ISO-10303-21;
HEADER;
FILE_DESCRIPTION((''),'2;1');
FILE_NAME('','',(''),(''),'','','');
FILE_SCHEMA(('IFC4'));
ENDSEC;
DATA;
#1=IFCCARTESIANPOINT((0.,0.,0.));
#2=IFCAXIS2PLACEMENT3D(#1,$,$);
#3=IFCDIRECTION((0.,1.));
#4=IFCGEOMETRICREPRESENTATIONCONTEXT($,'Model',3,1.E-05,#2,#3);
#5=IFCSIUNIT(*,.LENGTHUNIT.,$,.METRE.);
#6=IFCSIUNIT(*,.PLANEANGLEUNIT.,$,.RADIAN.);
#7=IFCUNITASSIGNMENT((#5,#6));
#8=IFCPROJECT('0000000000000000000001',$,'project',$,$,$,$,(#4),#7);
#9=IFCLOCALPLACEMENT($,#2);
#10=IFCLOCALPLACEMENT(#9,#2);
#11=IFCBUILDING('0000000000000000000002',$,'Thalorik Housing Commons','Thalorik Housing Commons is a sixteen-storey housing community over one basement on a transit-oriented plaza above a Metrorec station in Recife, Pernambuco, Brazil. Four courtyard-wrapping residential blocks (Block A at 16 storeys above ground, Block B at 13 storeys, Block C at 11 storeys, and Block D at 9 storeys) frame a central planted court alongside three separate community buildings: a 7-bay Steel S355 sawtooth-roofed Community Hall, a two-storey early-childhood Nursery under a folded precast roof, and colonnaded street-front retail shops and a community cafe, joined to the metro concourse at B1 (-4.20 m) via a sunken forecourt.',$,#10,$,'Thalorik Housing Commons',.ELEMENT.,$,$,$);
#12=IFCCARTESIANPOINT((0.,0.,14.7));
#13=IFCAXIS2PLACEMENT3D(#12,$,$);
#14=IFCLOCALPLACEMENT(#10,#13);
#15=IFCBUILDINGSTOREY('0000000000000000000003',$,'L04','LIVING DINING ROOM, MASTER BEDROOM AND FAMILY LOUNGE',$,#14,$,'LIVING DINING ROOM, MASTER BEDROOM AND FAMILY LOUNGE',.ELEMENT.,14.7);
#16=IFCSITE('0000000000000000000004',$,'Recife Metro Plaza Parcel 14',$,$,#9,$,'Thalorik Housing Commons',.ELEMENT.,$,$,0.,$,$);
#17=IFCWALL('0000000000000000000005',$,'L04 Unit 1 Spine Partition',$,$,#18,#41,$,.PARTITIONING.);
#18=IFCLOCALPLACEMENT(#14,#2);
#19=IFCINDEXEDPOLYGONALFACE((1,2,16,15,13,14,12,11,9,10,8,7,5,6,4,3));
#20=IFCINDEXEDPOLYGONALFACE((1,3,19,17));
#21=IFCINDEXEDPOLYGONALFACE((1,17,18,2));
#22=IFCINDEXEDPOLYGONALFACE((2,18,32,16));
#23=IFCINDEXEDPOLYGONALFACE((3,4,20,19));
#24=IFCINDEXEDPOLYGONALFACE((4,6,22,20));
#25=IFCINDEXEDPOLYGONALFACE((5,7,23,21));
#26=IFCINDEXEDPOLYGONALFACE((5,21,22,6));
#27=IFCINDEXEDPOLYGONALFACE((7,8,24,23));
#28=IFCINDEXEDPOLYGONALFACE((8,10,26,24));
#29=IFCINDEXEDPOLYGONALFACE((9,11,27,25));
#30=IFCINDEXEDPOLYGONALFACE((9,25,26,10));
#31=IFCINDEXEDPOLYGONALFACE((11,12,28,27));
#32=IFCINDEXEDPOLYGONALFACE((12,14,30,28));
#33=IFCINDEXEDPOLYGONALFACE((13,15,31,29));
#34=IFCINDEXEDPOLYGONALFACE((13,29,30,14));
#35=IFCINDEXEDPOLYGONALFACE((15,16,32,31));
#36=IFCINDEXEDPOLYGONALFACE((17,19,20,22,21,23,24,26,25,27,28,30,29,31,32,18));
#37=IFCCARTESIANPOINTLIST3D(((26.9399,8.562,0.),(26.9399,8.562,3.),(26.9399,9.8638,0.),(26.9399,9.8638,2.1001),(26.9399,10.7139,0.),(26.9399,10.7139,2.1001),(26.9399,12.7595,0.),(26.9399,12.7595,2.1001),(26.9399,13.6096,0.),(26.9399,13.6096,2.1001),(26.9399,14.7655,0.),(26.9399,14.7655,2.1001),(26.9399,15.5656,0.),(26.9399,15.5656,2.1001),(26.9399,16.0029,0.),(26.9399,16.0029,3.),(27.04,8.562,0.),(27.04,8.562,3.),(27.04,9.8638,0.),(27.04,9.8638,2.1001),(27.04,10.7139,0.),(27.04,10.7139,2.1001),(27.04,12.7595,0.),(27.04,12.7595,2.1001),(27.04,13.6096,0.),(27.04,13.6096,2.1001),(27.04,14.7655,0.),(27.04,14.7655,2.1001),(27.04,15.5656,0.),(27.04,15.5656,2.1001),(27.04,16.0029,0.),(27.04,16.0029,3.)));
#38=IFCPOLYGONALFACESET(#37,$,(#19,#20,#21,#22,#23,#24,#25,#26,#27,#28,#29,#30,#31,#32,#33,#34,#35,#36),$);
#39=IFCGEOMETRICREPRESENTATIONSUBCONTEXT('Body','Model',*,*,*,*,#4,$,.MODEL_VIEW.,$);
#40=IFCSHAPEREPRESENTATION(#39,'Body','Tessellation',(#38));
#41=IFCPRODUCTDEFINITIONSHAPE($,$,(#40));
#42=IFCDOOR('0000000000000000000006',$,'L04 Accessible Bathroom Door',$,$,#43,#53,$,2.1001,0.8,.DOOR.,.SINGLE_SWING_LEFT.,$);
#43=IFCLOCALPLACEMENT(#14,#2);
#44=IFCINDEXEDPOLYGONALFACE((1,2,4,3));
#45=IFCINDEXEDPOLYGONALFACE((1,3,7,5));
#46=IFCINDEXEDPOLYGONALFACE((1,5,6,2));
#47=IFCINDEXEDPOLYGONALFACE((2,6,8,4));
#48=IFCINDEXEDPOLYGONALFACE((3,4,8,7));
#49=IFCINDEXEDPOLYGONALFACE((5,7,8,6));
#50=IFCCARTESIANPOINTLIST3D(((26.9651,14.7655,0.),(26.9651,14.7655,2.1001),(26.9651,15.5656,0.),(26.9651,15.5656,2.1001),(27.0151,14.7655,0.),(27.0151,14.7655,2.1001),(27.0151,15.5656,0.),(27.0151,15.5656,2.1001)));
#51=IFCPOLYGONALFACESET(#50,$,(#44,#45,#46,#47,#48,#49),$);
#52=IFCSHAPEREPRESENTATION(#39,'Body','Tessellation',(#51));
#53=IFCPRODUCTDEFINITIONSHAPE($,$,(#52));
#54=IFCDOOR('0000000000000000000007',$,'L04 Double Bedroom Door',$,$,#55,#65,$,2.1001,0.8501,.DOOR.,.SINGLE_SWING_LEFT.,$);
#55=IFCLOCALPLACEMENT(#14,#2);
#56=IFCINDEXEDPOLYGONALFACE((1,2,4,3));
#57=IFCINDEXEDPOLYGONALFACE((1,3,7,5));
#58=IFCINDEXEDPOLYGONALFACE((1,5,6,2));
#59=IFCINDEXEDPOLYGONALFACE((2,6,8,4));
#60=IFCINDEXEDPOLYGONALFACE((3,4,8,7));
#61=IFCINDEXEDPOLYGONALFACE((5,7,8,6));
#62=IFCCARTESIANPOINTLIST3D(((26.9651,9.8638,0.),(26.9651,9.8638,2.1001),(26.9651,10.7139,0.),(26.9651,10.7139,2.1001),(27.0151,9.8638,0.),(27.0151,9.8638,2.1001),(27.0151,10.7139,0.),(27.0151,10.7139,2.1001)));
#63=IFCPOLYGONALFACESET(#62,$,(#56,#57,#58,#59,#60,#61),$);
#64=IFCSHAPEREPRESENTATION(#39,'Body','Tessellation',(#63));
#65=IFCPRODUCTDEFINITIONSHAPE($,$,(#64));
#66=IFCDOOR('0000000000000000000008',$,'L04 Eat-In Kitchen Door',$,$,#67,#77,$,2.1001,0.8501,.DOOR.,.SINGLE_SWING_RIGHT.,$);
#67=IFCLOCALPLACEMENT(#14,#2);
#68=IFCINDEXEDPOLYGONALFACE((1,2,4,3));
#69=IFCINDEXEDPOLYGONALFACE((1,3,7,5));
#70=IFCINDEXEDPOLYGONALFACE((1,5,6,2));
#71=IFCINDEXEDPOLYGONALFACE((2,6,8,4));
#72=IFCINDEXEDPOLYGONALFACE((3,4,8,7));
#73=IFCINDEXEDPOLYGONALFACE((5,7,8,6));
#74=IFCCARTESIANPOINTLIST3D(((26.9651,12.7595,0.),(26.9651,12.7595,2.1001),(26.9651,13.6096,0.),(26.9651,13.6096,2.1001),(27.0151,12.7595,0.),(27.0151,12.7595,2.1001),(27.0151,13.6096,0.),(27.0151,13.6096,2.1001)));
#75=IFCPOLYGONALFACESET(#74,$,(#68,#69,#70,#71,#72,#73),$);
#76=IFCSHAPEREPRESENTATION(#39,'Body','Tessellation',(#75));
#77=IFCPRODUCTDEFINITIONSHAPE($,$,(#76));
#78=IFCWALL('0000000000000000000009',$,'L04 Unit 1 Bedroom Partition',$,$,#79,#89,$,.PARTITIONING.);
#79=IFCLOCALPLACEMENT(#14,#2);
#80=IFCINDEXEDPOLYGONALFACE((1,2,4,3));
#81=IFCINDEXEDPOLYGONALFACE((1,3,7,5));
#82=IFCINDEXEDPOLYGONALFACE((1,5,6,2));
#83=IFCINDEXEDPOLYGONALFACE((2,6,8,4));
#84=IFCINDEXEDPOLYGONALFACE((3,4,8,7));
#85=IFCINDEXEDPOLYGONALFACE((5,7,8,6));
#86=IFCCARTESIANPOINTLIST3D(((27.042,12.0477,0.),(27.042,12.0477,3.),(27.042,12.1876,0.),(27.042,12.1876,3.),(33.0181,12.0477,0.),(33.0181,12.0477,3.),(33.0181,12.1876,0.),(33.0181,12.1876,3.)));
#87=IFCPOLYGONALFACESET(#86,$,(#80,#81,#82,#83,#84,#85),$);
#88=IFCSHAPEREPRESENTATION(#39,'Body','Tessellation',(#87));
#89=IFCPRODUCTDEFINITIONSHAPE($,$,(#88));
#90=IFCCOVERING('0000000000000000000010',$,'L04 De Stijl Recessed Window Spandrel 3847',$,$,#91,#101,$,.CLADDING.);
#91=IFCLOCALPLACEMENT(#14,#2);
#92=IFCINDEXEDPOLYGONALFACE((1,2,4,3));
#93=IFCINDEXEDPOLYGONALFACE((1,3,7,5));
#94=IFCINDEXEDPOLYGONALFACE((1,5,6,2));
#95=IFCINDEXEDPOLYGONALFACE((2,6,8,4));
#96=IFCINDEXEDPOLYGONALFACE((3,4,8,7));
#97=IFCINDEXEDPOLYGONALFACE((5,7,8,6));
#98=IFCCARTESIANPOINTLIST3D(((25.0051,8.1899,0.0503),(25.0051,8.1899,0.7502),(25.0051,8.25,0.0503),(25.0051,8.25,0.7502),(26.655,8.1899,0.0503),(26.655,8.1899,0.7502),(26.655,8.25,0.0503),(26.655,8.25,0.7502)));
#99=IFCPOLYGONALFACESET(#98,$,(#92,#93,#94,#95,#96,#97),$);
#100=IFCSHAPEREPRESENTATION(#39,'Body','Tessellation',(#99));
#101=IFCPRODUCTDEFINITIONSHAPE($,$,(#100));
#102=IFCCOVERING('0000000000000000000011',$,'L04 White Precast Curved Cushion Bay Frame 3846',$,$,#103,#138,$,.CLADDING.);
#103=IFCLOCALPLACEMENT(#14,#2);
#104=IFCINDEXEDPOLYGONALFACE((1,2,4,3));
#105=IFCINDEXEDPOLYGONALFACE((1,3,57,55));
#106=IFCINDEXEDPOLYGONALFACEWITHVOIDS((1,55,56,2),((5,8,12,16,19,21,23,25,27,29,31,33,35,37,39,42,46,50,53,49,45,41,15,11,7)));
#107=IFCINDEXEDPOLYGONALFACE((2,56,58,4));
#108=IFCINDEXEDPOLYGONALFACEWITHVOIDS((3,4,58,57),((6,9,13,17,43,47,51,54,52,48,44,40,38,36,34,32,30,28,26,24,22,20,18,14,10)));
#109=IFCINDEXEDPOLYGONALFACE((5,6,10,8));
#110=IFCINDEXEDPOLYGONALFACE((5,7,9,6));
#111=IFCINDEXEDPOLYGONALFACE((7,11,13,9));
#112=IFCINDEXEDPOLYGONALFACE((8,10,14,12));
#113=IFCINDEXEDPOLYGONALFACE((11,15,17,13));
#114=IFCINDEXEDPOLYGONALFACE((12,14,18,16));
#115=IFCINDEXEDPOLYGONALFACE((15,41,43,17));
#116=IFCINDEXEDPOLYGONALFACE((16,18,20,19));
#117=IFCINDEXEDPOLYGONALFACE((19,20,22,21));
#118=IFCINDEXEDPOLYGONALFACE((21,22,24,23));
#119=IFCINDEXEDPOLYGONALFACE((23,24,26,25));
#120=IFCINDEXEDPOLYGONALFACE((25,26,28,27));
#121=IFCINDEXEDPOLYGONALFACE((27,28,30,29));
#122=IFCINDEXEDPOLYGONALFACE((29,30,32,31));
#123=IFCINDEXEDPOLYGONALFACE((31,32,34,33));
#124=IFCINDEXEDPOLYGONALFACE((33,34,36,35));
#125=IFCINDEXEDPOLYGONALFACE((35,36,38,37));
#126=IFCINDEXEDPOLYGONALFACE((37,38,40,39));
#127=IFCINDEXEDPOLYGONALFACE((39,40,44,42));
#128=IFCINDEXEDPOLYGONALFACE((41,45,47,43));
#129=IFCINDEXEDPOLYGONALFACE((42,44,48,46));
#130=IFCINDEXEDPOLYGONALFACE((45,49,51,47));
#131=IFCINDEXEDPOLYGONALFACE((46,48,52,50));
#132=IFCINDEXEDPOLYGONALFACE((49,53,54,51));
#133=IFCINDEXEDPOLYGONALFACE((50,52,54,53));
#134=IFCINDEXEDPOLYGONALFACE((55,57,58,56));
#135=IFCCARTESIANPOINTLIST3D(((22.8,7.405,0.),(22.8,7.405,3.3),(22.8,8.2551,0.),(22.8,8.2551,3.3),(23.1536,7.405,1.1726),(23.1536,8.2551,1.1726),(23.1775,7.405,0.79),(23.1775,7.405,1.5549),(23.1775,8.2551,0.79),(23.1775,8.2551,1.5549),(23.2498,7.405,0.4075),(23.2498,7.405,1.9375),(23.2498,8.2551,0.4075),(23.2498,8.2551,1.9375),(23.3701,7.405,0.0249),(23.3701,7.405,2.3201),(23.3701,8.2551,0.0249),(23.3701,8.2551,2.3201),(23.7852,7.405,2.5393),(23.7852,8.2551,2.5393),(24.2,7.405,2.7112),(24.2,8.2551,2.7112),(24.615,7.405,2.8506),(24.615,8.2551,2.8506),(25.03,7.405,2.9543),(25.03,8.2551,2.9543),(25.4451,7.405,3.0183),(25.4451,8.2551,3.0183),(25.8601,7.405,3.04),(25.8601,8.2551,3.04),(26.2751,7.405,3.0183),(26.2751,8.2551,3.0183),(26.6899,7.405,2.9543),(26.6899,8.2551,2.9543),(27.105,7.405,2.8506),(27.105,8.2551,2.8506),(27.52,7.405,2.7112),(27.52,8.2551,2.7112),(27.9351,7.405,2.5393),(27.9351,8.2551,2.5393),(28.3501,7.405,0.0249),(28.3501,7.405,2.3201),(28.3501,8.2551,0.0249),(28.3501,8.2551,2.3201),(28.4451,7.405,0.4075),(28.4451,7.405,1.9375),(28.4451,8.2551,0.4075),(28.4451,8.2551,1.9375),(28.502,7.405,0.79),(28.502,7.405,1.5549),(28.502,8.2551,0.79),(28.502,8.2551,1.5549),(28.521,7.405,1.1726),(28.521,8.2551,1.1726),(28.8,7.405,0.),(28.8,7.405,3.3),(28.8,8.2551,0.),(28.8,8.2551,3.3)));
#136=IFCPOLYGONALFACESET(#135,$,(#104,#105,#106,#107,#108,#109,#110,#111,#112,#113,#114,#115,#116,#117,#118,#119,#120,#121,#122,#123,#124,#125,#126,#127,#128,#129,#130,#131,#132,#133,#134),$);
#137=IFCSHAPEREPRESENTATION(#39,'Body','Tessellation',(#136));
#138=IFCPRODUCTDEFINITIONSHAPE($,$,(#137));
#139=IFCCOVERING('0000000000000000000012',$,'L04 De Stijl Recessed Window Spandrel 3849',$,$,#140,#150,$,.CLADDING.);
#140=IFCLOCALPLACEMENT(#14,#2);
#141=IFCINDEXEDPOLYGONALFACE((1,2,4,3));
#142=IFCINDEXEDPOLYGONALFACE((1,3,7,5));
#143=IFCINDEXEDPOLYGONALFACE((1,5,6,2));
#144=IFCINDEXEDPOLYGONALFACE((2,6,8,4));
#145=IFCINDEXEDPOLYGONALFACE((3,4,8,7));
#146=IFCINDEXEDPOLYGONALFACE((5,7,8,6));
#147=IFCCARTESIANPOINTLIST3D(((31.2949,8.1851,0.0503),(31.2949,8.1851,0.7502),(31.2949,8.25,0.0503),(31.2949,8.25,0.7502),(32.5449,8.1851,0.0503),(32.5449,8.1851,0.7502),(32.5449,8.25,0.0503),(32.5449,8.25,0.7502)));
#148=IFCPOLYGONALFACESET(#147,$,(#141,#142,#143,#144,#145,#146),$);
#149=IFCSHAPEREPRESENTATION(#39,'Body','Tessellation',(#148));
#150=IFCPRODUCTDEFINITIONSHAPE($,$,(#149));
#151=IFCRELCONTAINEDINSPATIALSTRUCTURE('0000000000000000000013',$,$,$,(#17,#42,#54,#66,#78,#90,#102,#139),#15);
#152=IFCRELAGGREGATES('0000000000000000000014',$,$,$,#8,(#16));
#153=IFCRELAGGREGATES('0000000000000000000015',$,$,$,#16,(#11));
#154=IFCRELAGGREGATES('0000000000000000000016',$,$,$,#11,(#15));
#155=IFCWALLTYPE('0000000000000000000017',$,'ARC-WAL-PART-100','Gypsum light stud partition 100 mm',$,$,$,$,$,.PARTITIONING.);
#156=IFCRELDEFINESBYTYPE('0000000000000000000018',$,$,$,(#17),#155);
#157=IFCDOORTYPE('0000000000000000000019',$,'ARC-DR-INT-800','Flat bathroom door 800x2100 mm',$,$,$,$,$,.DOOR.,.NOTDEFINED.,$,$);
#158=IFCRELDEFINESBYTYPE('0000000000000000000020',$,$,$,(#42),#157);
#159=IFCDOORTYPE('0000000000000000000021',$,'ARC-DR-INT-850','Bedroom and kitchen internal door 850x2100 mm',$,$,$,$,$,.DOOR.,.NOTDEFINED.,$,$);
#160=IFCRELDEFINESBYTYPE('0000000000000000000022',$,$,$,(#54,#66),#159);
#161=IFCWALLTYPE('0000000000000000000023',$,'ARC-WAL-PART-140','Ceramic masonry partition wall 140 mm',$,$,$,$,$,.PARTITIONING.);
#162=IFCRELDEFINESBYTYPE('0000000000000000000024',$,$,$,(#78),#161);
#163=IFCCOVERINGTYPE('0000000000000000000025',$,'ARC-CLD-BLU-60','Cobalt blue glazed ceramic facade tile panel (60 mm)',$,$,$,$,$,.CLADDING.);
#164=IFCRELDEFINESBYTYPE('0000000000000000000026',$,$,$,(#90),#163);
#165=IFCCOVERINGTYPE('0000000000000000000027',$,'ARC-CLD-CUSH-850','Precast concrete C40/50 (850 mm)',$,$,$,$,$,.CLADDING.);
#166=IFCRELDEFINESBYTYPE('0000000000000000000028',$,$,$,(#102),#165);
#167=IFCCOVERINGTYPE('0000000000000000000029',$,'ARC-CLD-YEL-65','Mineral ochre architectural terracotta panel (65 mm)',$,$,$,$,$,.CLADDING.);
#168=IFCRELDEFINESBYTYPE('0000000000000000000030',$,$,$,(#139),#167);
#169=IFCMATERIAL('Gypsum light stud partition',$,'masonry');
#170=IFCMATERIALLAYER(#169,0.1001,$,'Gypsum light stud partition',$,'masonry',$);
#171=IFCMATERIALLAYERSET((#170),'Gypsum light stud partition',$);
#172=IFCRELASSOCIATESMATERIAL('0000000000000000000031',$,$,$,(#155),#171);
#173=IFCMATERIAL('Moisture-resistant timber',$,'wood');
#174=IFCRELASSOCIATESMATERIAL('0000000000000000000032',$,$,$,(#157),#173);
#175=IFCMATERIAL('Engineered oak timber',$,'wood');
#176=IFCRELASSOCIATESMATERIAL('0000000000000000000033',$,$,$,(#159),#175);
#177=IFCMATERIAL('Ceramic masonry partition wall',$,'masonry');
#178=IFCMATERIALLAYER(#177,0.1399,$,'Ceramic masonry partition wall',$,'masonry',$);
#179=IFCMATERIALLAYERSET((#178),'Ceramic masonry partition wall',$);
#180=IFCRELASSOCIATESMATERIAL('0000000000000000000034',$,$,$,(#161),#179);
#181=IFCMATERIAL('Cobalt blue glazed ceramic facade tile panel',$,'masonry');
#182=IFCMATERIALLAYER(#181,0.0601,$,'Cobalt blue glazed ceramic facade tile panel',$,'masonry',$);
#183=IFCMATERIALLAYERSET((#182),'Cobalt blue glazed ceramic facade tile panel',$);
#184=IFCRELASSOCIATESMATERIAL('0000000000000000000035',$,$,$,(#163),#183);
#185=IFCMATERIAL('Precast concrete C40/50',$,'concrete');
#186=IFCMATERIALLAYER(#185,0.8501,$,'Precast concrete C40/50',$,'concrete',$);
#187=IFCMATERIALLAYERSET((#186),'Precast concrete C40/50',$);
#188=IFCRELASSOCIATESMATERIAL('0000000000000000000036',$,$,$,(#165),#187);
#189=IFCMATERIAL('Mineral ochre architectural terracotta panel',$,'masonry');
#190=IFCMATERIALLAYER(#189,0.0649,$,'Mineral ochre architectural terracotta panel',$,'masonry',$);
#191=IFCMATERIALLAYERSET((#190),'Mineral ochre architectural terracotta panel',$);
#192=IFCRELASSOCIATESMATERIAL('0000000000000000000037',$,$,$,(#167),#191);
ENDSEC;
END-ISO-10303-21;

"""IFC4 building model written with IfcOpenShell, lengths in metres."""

from ifc_helpers import new_model, si_unit, direction, frame, frame_2d, origin, origin_2d, place, context, subcontext, project, spatial, polyline, rectangle, outline, extrude, material, layer, layer_set, type_object, element, fill, save


model = new_model("IFC4")

# Units and contexts
model_context = context("Model", 3, precision=1e-05, world=origin(), true_north=direction((0.0, 1.0)))
body_context = subcontext(model_context, "Body", "Model", "MODEL_VIEW")
ifc_project = project(units=[si_unit("LENGTHUNIT", "METRE"), si_unit("PLANEANGLEUNIT", "RADIAN")], contexts=[model_context])

# Site, building, storey
site_placement = place(None, origin())
site = spatial("IfcSite", under=ifc_project, at=site_placement, Name="Recife Metro Plaza Parcel 14", LongName="Thalorik Housing Commons", CompositionType="ELEMENT", RefElevation=0.0)
building_placement = place(site_placement, origin())
building = spatial("IfcBuilding", under=site, at=building_placement, Name="Thalorik Housing Commons", Description="Thalorik Housing Commons is a sixteen-storey housing community over one basement on a transit-oriented plaza above a Metrorec station in Recife, Pernambuco, Brazil. Four courtyard-wrapping residential blocks (Block A at 16 storeys above ground, Block B at 13 storeys, Block C at 11 storeys, and Block D at 9 storeys) frame a central planted court alongside three separate community buildings: a 7-bay Steel S355 sawtooth-roofed Community Hall, a two-storey early-childhood Nursery under a folded precast roof, and colonnaded street-front retail shops and a community cafe, joined to the metro concourse at B1 (-4.20 m) via a sunken forecourt.", LongName="Thalorik Housing Commons", CompositionType="ELEMENT")
storey_placement = place(building_placement, frame((0.0, 0.0, 14.7)))
storey = spatial("IfcBuildingStorey", under=building, at=storey_placement, Name="L04", Description="LIVING DINING ROOM, MASTER BEDROOM AND FAMILY LOUNGE", LongName="LIVING DINING ROOM, MASTER BEDROOM AND FAMILY LOUNGE", CompositionType="ELEMENT", Elevation=14.7)

# Shared definitions
ifc_material_1 = material(Name="Precast concrete C40/50", Category="concrete")

# Wall, openings, doors
ifc_material_2 = material(Name="Gypsum light stud partition", Category="masonry")
ifc_layer_1 = layer(ifc_material_2, 0.1001, Name="Gypsum light stud partition", Category="masonry")
ifc_layer_set_1 = layer_set([ifc_layer_1], Name="Gypsum light stud partition")
wall_type_1 = type_object("IfcWallType", Name="ARC-WAL-PART-100", Description="Gypsum light stud partition 100 mm", PredefinedType="PARTITIONING", material=ifc_layer_set_1)
wall_1_placement = place(storey_placement, frame((26.99, 8.562, 0.0), z_axis=(0.0, 0.0, 1.0), x_axis=(0.0, 1.0, 0.0)))
wall_1 = element("IfcWall", 1, at=wall_1_placement, inside=storey, type_object=wall_type_1, Name="L04 Unit 1 Spine Partition", PredefinedType="PARTITIONING", context=body_context, shape_type="SweptSolid", body=[
    extrude(rectangle(XDim=7.4409, YDim=0.1001, at=frame_2d((3.7205, 0.0))), origin(), (0.0, 0.0, 1.0), 3.0),
])
opening_1_placement = place(wall_1_placement, frame((1.3018, 0.0, 0.0)))
opening_1 = element("IfcOpeningElement", 2, at=opening_1_placement, cuts=wall_1, PredefinedType="OPENING", context=body_context, shape_type="SweptSolid", body=[
    extrude(rectangle(XDim=0.8501, YDim=2.1001, at=frame_2d((0.425, 1.05))), frame((0.0, 0.0601, 0.0), z_axis=(0.0, -1.0, 0.0), x_axis=(1.0, 0.0, 0.0)), (0.0, 0.0, 1.0), 0.1201),
])
opening_2_placement = place(wall_1_placement, frame((4.1975, 0.0, 0.0)))
opening_2 = element("IfcOpeningElement", 3, at=opening_2_placement, cuts=wall_1, PredefinedType="OPENING", context=body_context, shape_type="SweptSolid", body=[
    extrude(rectangle(XDim=0.8501, YDim=2.1001, at=frame_2d((0.425, 1.05))), frame((0.0, 0.0601, 0.0), z_axis=(0.0, -1.0, 0.0), x_axis=(1.0, 0.0, 0.0)), (0.0, 0.0, 1.0), 0.1201),
])
opening_3_placement = place(wall_1_placement, frame((6.2036, 0.0, 0.0)))
opening_3 = element("IfcOpeningElement", 4, at=opening_3_placement, cuts=wall_1, PredefinedType="OPENING", context=body_context, shape_type="SweptSolid", body=[
    extrude(rectangle(XDim=0.8, YDim=2.1001, at=frame_2d((0.3999, 1.05))), frame((0.0, 0.0601, 0.0), z_axis=(0.0, -1.0, 0.0), x_axis=(1.0, 0.0, 0.0)), (0.0, 0.0, 1.0), 0.1201),
])
ifc_material_3 = material(Name="Moisture-resistant timber", Category="wood")
door_type_1 = type_object("IfcDoorType", Name="ARC-DR-INT-800", Description="Flat bathroom door 800x2100 mm", OperationType="NOTDEFINED", PredefinedType="DOOR", material=ifc_material_3)
door_1_placement = place(opening_3_placement, origin())
door_1 = element("IfcDoor", 5, at=door_1_placement, inside=storey, type_object=door_type_1, Name="L04 Accessible Bathroom Door", OperationType="SINGLE_SWING_LEFT", OverallHeight=2.1001, OverallWidth=0.8, PredefinedType="DOOR", context=body_context, shape_type="SweptSolid", body=[
    extrude(rectangle(XDim=0.8, YDim=2.1001, at=frame_2d((0.3999, 1.05))), frame((0.0, 0.0249, 0.0), z_axis=(0.0, -1.0, 0.0), x_axis=(1.0, 0.0, 0.0)), (0.0, 0.0, 1.0), 0.05),
])
fill(opening_3, door_1)
ifc_material_4 = material(Name="Engineered oak timber", Category="wood")
door_type_2 = type_object("IfcDoorType", Name="ARC-DR-INT-850", Description="Bedroom and kitchen internal door 850x2100 mm", OperationType="NOTDEFINED", PredefinedType="DOOR", material=ifc_material_4)
door_2_placement = place(opening_1_placement, origin())
door_2 = element("IfcDoor", 6, at=door_2_placement, inside=storey, type_object=door_type_2, Name="L04 Double Bedroom Door", OperationType="SINGLE_SWING_LEFT", OverallHeight=2.1001, OverallWidth=0.8501, PredefinedType="DOOR", context=body_context, shape_type="SweptSolid", body=[
    extrude(rectangle(XDim=0.8501, YDim=2.1001, at=frame_2d((0.425, 1.05))), frame((0.0, 0.0249, 0.0), z_axis=(0.0, -1.0, 0.0), x_axis=(1.0, 0.0, 0.0)), (0.0, 0.0, 1.0), 0.05),
])
fill(opening_1, door_2)
door_3_placement = place(opening_2_placement, origin())
door_3 = element("IfcDoor", 7, at=door_3_placement, inside=storey, type_object=door_type_2, Name="L04 Eat-In Kitchen Door", OperationType="SINGLE_SWING_RIGHT", OverallHeight=2.1001, OverallWidth=0.8501, PredefinedType="DOOR", context=body_context, shape_type="SweptSolid", body=[
    extrude(rectangle(XDim=0.8501, YDim=2.1001, at=frame_2d((0.425, 1.05))), frame((0.0, 0.0249, 0.0), z_axis=(0.0, -1.0, 0.0), x_axis=(1.0, 0.0, 0.0)), (0.0, 0.0, 1.0), 0.05),
])
fill(opening_2, door_3)

# Wall
ifc_material_5 = material(Name="Ceramic masonry partition wall", Category="masonry")
ifc_layer_2 = layer(ifc_material_5, 0.1399, Name="Ceramic masonry partition wall", Category="masonry")
ifc_layer_set_2 = layer_set([ifc_layer_2], Name="Ceramic masonry partition wall")
wall_type_2 = type_object("IfcWallType", Name="ARC-WAL-PART-140", Description="Ceramic masonry partition wall 140 mm", PredefinedType="PARTITIONING", material=ifc_layer_set_2)
wall_2_placement = place(storey_placement, frame((27.042, 12.1177, 0.0), z_axis=(0.0, 0.0, 1.0), x_axis=(1.0, 0.0, 0.0)))
element("IfcWall", 8, at=wall_2_placement, inside=storey, type_object=wall_type_2, Name="L04 Unit 1 Bedroom Partition", PredefinedType="PARTITIONING", context=body_context, shape_type="SweptSolid", body=[
    extrude(rectangle(XDim=5.9761, YDim=0.1399, at=frame_2d((2.988, 0.0))), origin(), (0.0, 0.0, 1.0), 3.0),
])

# Coverings
ifc_material_6 = material(Name="Cobalt blue glazed ceramic facade tile panel", Category="masonry")
ifc_layer_3 = layer(ifc_material_6, 0.0601, Name="Cobalt blue glazed ceramic facade tile panel", Category="masonry")
ifc_layer_set_3 = layer_set([ifc_layer_3], Name="Cobalt blue glazed ceramic facade tile panel")
covering_type_1 = type_object("IfcCoveringType", Name="ARC-CLD-BLU-60", Description="Cobalt blue glazed ceramic facade tile panel (60 mm)", PredefinedType="CLADDING", material=ifc_layer_set_3)
covering_1_placement = place(storey_placement, frame((25.8301, 8.22, 0.0503), z_axis=(0.0, 0.0, 1.0), x_axis=(1.0, 0.0, 0.0)))
element("IfcCovering", 9, at=covering_1_placement, inside=storey, type_object=covering_type_1, Name="L04 De Stijl Recessed Window Spandrel 3847", PredefinedType="CLADDING", context=body_context, shape_type="SweptSolid", body=[
    extrude(rectangle(XDim=1.6499, YDim=0.0601, at=origin_2d()), origin(), (0.0, 0.0, 1.0), 0.7),
])
ifc_layer_4 = layer(ifc_material_1, 0.8501, Name="Precast concrete C40/50", Category="concrete")
ifc_layer_set_4 = layer_set([ifc_layer_4], Name="Precast concrete C40/50")
covering_type_2 = type_object("IfcCoveringType", Name="ARC-CLD-CUSH-850", Description="Precast concrete C40/50 (850 mm)", PredefinedType="CLADDING", material=ifc_layer_set_4)
covering_2_placement = place(storey_placement, frame((25.8, 7.8301, 0.0), z_axis=(0.0, 0.0, 1.0), x_axis=(1.0, 0.0, 0.0)))
element("IfcCovering", 10, at=covering_2_placement, inside=storey, type_object=covering_type_2, Name="L04 White Precast Curved Cushion Bay Frame 3846", PredefinedType="CLADDING", context=body_context, shape_type="SweptSolid", body=[
    extrude(outline(polyline([(-3.0, 0.0), (3.0, 0.0), (3.0, 3.3), (-3.0, 3.3), (-3.0, 0.0)]), holes=[polyline([(2.55, 0.0249), (2.645, 0.4075), (2.7019, 0.79), (2.7209, 1.1726), (2.7019, 1.5549), (2.645, 1.9375), (2.55, 2.3201), (2.135, 2.5393), (1.72, 2.7112), (1.3049, 2.8506), (0.8899, 2.9543), (0.4751, 3.0183), (0.0601, 3.04), (-0.355, 3.0183), (-0.77, 2.9543), (-1.1851, 2.8506), (-1.6001, 2.7112), (-2.0149, 2.5393), (-2.4299, 2.3201), (-2.5503, 1.9375), (-2.6226, 1.5549), (-2.6465, 1.1726), (-2.6226, 0.79), (-2.5503, 0.4075), (-2.4299, 0.0249), (2.55, 0.0249)])]), frame((0.0, 0.425, 0.0), z_axis=(0.0, -1.0, 0.0), x_axis=(1.0, 0.0, 0.0)), (0.0, 0.0, 1.0), 0.8501),
])
ifc_material_7 = material(Name="Mineral ochre architectural terracotta panel", Category="masonry")
ifc_layer_5 = layer(ifc_material_7, 0.0649, Name="Mineral ochre architectural terracotta panel", Category="masonry")
ifc_layer_set_5 = layer_set([ifc_layer_5], Name="Mineral ochre architectural terracotta panel")
covering_type_3 = type_object("IfcCoveringType", Name="ARC-CLD-YEL-65", Description="Mineral ochre architectural terracotta panel (65 mm)", PredefinedType="CLADDING", material=ifc_layer_set_5)
covering_3_placement = place(storey_placement, frame((31.9199, 8.2175, 0.0503), z_axis=(0.0, 0.0, 1.0), x_axis=(1.0, 0.0, 0.0)))
element("IfcCovering", 11, at=covering_3_placement, inside=storey, type_object=covering_type_3, Name="L04 De Stijl Recessed Window Spandrel 3849", PredefinedType="CLADDING", context=body_context, shape_type="SweptSolid", body=[
    extrude(rectangle(XDim=1.25, YDim=0.0649, at=origin_2d()), origin(), (0.0, 0.0, 1.0), 0.7),
])

save(model, "model.ifc")
